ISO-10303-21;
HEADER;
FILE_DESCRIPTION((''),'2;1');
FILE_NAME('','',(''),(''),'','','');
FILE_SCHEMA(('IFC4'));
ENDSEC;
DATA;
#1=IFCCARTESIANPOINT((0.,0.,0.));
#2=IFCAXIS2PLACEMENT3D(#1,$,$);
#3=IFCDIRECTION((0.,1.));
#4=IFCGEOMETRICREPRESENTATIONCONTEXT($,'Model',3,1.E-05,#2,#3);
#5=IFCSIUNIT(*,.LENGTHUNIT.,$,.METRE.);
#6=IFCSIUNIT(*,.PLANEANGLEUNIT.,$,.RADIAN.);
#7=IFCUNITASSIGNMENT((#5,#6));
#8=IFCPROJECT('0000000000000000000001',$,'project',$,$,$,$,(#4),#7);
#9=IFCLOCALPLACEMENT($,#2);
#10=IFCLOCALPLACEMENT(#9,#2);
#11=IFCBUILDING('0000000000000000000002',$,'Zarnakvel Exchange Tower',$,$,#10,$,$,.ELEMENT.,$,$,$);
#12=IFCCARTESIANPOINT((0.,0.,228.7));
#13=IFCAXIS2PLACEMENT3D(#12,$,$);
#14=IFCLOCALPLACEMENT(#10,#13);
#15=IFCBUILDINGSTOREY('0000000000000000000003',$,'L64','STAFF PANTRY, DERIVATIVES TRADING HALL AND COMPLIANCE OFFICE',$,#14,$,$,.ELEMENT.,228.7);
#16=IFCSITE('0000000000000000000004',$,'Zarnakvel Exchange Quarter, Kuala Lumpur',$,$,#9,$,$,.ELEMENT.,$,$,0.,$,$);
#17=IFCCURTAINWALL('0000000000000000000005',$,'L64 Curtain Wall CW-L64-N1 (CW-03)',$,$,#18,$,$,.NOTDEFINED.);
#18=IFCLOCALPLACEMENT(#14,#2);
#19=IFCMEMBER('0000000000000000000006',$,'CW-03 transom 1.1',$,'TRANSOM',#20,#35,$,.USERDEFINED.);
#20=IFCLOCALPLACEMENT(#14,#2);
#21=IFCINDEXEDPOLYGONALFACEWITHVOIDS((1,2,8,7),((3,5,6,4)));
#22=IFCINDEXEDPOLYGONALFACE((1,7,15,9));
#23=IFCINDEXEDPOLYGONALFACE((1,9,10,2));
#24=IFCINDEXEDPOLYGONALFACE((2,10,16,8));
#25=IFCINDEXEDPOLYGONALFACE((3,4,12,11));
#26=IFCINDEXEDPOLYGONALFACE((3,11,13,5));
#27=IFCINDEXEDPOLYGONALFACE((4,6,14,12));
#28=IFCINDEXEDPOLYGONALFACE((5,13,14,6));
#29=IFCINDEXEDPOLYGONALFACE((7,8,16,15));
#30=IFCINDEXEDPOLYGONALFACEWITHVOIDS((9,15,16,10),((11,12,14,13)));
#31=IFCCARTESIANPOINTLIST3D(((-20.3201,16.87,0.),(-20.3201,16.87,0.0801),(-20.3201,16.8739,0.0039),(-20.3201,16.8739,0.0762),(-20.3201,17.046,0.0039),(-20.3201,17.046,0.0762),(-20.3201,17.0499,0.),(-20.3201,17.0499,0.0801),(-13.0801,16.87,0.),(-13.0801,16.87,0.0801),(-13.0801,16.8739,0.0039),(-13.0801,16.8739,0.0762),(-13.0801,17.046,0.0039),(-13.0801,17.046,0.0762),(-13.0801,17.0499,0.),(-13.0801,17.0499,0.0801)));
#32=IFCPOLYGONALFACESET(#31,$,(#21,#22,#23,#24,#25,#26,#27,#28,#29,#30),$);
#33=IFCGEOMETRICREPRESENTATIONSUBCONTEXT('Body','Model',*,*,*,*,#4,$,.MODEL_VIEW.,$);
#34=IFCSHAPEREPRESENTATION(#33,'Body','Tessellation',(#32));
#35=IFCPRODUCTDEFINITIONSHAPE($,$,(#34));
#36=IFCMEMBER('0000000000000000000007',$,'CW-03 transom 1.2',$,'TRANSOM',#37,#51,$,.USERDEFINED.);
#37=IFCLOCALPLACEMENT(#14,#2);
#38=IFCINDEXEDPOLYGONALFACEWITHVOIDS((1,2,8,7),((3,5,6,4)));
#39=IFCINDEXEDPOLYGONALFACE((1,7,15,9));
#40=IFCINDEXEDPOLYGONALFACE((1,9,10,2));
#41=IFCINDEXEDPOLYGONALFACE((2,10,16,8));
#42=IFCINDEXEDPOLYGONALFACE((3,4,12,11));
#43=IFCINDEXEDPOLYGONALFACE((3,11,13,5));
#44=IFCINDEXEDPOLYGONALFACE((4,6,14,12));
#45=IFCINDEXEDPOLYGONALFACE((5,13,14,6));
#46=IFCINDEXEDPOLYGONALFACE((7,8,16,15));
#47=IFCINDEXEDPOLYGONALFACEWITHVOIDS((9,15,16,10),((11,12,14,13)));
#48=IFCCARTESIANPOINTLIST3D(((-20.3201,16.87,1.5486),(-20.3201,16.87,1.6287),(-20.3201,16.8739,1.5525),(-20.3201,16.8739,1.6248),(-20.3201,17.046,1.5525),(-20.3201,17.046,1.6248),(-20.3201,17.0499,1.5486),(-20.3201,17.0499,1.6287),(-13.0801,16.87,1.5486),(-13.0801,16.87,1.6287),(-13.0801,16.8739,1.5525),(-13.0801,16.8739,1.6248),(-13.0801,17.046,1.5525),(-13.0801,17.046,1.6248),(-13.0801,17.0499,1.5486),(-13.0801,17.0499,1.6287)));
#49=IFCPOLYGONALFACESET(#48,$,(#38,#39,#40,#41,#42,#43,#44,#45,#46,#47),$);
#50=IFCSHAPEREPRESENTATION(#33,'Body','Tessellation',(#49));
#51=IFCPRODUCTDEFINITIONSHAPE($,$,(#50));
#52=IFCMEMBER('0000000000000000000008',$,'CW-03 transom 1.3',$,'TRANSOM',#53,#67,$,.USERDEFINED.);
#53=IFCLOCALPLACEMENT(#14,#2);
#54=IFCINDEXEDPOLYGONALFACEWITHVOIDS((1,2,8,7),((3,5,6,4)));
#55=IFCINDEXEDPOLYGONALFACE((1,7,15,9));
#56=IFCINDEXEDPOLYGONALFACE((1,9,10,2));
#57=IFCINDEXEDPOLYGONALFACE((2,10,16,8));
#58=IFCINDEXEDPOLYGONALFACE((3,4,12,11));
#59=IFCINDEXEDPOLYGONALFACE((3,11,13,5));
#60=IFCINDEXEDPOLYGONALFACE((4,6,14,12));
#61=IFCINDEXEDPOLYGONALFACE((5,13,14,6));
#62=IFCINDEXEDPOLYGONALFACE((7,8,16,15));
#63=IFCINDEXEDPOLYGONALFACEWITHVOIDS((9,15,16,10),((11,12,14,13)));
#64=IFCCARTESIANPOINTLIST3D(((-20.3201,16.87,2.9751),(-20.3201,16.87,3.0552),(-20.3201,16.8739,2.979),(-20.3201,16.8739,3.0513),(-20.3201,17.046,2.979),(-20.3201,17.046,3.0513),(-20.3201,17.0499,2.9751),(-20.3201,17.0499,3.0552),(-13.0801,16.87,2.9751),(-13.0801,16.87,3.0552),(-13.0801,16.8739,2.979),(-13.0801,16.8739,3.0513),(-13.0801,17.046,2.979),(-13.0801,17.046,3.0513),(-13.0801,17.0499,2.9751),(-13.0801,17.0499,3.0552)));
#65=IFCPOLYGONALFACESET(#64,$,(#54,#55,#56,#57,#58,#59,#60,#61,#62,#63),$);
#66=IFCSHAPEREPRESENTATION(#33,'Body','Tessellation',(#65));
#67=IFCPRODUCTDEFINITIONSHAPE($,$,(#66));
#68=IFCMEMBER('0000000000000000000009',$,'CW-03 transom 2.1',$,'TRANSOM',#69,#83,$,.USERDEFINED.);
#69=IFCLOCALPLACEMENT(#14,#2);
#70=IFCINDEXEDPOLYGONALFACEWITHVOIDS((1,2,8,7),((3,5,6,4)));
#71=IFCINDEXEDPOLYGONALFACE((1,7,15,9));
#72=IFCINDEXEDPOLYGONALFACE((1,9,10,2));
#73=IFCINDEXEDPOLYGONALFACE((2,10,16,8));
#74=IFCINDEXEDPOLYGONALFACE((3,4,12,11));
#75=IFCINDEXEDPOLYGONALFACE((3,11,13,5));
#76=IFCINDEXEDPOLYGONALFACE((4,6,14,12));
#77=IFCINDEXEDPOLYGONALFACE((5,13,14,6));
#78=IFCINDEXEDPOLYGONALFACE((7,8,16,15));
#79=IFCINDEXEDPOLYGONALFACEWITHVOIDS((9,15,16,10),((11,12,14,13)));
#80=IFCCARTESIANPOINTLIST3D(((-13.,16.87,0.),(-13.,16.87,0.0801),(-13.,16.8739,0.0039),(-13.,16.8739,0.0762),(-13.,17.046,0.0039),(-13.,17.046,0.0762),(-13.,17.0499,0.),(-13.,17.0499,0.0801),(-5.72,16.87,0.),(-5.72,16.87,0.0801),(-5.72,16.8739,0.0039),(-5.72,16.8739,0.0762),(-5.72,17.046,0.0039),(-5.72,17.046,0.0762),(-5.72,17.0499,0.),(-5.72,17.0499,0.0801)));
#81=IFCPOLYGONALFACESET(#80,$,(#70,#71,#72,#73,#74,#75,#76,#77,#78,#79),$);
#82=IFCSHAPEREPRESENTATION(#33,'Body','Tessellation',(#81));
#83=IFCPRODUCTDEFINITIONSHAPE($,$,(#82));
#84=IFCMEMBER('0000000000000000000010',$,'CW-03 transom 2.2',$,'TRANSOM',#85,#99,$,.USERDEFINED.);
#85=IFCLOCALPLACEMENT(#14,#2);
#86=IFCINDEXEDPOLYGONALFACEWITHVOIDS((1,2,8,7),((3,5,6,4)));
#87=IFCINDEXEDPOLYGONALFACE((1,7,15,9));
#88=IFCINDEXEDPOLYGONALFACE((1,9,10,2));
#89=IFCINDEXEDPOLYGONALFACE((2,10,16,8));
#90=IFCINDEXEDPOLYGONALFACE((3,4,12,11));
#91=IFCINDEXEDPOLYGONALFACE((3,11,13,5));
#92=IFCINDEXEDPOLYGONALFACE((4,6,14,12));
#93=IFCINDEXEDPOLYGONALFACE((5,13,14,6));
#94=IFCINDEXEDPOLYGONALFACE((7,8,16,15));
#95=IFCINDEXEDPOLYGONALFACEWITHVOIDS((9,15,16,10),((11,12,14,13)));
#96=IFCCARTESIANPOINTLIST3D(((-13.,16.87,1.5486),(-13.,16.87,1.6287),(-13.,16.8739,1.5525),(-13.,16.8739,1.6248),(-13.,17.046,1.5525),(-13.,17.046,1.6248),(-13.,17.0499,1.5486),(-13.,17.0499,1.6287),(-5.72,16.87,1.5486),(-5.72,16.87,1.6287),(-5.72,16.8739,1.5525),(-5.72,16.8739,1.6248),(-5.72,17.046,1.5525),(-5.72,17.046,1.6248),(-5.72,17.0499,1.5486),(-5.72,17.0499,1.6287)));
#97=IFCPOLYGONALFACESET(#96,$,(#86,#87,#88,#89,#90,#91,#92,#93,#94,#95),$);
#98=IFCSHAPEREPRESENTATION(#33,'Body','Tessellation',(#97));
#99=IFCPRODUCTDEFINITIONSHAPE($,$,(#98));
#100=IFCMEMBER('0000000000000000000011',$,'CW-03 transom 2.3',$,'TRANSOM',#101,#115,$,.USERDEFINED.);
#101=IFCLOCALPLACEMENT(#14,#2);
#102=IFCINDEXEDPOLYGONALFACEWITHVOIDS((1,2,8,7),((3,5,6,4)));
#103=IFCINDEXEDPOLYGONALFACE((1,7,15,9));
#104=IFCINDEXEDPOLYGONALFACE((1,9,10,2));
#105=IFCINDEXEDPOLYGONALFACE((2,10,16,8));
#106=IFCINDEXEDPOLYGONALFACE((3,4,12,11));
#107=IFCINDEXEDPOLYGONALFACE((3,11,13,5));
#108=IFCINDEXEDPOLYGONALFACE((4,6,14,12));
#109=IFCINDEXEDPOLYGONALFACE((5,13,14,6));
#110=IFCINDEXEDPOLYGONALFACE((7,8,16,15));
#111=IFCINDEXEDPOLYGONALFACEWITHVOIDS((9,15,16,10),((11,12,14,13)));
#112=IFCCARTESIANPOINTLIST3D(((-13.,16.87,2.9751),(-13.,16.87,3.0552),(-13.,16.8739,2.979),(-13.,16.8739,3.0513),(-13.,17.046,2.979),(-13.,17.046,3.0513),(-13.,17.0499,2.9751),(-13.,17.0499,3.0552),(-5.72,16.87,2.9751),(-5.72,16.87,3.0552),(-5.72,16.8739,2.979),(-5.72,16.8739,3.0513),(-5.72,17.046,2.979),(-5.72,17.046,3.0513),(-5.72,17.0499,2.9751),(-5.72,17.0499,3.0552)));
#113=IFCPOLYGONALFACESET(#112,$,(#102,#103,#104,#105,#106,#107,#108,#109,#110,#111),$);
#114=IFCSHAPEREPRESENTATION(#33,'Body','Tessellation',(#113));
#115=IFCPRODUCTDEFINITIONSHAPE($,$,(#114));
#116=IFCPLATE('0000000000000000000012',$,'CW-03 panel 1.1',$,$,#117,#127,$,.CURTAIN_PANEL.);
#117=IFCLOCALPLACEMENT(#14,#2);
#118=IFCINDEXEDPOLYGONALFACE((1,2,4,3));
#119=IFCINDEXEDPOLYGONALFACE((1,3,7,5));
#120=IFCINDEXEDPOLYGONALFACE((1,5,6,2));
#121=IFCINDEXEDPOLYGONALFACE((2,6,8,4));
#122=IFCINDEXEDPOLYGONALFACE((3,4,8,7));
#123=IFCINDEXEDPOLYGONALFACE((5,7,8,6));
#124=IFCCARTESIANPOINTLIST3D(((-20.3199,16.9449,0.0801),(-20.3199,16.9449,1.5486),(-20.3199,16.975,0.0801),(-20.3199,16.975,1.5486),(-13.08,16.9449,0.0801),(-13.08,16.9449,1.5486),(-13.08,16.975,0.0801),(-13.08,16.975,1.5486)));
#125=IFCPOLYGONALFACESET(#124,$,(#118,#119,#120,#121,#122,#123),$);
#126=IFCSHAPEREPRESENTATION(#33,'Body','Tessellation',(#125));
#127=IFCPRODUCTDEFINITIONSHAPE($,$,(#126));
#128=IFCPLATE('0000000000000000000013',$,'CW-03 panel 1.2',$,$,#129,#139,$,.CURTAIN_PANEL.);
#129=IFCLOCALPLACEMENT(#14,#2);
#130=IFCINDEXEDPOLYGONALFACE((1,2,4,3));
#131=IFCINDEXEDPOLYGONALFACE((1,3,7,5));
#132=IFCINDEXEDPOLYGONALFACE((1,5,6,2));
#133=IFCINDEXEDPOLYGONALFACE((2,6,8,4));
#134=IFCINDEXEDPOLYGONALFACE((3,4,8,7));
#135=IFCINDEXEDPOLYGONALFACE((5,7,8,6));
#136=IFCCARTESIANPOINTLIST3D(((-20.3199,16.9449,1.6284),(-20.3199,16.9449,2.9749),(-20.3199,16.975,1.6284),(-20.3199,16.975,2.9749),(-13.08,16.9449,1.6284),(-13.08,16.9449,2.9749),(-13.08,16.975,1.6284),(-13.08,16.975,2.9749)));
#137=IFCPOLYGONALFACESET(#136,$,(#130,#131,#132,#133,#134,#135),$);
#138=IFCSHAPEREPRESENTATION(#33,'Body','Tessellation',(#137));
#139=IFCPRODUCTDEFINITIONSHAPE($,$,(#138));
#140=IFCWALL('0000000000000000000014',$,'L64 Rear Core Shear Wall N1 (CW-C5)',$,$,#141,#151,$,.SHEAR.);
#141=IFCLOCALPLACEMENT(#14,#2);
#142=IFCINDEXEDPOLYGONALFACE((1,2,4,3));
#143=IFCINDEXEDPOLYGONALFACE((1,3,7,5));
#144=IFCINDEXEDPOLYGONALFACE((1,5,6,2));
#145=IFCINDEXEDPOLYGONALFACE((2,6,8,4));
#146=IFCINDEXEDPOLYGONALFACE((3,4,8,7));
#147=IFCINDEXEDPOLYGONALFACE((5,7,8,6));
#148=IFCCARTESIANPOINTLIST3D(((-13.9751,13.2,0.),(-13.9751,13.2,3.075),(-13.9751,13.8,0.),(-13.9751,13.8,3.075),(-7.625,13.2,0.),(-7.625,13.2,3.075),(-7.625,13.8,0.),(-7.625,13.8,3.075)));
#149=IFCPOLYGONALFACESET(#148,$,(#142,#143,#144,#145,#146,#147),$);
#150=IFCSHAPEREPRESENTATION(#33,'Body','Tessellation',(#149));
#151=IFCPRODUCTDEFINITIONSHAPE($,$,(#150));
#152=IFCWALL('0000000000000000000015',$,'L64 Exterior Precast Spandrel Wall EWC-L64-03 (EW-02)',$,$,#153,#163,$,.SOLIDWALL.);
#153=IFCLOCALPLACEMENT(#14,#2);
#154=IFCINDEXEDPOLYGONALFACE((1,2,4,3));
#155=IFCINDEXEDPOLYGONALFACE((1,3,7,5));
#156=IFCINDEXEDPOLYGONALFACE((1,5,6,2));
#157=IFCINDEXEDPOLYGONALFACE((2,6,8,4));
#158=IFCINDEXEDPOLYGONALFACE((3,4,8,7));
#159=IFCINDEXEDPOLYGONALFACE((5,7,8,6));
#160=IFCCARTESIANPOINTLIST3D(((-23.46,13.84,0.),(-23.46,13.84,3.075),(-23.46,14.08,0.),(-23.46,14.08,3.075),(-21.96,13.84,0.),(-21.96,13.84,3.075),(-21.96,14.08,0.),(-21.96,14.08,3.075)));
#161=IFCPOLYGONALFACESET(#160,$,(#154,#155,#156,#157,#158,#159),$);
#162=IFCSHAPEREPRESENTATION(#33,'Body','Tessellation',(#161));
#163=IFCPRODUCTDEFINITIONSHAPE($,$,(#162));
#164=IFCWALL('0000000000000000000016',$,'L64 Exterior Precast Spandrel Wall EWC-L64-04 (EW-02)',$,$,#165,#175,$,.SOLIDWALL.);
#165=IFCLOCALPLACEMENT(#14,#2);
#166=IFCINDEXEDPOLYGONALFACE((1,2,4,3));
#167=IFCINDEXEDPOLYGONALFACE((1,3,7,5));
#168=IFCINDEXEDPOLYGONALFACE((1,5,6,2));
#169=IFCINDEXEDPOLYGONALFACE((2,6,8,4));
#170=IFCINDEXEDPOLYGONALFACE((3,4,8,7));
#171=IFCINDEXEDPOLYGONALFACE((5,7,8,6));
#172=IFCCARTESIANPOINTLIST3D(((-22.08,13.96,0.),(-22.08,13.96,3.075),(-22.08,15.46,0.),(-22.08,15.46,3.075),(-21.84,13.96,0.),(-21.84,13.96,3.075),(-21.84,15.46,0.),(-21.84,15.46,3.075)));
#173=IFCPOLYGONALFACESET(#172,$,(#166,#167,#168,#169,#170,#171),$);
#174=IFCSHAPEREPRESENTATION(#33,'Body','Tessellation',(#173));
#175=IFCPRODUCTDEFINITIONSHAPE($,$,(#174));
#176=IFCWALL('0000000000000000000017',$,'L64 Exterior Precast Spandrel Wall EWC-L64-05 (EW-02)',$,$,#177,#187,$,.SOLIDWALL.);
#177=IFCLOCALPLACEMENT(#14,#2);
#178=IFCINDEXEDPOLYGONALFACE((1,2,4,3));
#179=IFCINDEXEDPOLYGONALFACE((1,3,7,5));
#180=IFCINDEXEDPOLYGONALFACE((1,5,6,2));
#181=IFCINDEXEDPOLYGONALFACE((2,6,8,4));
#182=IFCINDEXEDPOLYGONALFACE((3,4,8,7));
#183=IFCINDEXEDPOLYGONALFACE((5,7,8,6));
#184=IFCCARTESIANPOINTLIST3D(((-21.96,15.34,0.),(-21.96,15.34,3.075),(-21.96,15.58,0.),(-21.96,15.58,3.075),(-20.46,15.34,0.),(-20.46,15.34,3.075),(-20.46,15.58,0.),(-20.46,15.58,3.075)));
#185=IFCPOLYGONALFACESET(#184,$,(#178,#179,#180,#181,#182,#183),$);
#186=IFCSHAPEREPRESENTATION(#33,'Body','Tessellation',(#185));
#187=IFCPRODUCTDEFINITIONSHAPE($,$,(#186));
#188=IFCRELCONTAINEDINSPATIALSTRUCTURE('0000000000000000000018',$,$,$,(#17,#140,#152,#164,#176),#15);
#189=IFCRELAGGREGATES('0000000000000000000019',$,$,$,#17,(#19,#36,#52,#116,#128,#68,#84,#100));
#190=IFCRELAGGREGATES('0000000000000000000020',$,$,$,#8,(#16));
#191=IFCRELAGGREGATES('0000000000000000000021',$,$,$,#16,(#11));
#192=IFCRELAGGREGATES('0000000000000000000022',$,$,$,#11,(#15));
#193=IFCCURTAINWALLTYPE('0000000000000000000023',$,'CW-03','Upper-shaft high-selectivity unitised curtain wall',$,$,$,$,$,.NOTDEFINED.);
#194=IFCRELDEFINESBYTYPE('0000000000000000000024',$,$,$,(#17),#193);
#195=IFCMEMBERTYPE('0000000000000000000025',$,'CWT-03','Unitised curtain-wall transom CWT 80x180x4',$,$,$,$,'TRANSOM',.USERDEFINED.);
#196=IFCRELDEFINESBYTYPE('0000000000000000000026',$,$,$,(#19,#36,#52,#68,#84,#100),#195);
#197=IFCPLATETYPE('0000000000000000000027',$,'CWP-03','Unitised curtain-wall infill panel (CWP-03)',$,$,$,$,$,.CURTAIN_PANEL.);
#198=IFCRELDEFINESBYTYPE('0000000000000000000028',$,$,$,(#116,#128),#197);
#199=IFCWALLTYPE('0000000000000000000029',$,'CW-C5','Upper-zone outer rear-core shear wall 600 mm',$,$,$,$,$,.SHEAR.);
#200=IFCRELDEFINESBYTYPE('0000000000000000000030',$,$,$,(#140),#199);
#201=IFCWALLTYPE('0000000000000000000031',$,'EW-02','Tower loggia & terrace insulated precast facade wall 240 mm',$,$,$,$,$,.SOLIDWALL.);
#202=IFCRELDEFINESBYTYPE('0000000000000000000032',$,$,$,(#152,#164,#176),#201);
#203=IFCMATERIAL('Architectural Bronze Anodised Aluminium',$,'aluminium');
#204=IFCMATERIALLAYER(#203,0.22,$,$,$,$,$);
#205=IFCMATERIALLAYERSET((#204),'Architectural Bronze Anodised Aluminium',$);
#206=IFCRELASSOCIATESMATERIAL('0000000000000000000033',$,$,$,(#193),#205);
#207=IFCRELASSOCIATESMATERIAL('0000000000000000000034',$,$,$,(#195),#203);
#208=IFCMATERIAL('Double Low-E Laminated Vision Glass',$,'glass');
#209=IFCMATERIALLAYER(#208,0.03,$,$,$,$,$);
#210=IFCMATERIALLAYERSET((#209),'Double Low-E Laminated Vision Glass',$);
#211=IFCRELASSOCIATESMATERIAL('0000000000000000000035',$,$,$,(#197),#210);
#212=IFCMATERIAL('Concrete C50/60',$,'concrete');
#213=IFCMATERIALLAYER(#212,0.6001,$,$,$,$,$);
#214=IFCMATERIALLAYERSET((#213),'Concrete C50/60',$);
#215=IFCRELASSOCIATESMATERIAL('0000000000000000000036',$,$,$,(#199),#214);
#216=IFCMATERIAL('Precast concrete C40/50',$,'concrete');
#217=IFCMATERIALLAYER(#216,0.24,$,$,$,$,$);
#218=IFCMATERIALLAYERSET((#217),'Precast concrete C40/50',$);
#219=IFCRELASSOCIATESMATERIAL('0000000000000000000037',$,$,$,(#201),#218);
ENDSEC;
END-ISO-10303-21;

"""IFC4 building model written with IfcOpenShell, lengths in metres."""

from ifc_helpers import new_model, si_unit, direction, frame, frame_2d, origin, origin_2d, place, context, subcontext, project, spatial, rectangle, hollow_rectangle, extrude, source, transform, mapped, material, layer, layer_set, material_profile, profile_set, type_object, element, aggregate, save


model = new_model("IFC4")

# Units and contexts
model_context = context("Model", 3, precision=1e-05, world=origin(), true_north=direction((0.0, 1.0)))
body_context = subcontext(model_context, "Body", "Model", "MODEL_VIEW")
ifc_project = project(units=[si_unit("LENGTHUNIT", "METRE"), si_unit("PLANEANGLEUNIT", "RADIAN")], contexts=[model_context])

# Site, building, storey
site_placement = place(None, origin())
site = spatial("IfcSite", under=ifc_project, at=site_placement, Name="Zarnakvel Exchange Quarter, Kuala Lumpur", CompositionType="ELEMENT", RefElevation=0.0)
building_placement = place(site_placement, origin())
building = spatial("IfcBuilding", under=site, at=building_placement, Name="Zarnakvel Exchange Tower", CompositionType="ELEMENT")
storey_placement = place(building_placement, frame((0.0, 0.0, 228.7)))
storey = spatial("IfcBuildingStorey", under=building, at=storey_placement, Name="L64", Description="STAFF PANTRY, DERIVATIVES TRADING HALL AND COMPLIANCE OFFICE", CompositionType="ELEMENT", Elevation=228.7)

# Shared definitions
ifc_material_1 = material(Name="Concrete C50/60", Category="concrete")

# Shared definitions
ifc_material_2 = material(Name="Architectural Bronze Anodised Aluminium", Category="aluminium")

# Curtain wall, members, plates
ifc_layer_1 = layer(ifc_material_2, 0.22)
ifc_layer_set_1 = layer_set([ifc_layer_1], Name="Architectural Bronze Anodised Aluminium")
curtain_wall_type_1 = type_object("IfcCurtainWallType", Name="CW-03", Description="Upper-shaft high-selectivity unitised curtain wall", PredefinedType="NOTDEFINED", material=ifc_layer_set_1)
curtain_wall_1_placement = place(storey_placement, origin())
curtain_wall_1 = element("IfcCurtainWall", 1, at=curtain_wall_1_placement, inside=storey, type_object=curtain_wall_type_1, Name="L64 Curtain Wall CW-L64-N1 (CW-03)", PredefinedType="NOTDEFINED")
ifc_material_profile_1 = material_profile(ifc_material_2, hollow_rectangle(XDim=0.1799, YDim=0.0801, WallThickness=0.0039, at=origin_2d()))
ifc_profile_set_1 = profile_set([ifc_material_profile_1], Name="Architectural Bronze Anodised Aluminium")
member_type_1 = type_object("IfcMemberType", Name="CWT-03", Description="Unitised curtain-wall transom CWT 80x180x4", ElementType="TRANSOM", PredefinedType="USERDEFINED", material=ifc_profile_set_1)
shared_shape_1 = source(origin(), body_context, "Body", "SweptSolid", [
    extrude(hollow_rectangle(XDim=0.1799, YDim=0.0801, WallThickness=0.0039, at=origin_2d()), origin(), (0.0, 0.0, 1.0), 7.24),
])
member_1_placement = place(storey_placement, frame((-20.3201, 16.96, 0.04), z_axis=(1.0, 0.0, 0.0), x_axis=(0.0, 1.0, 0.0)))
member_1 = element("IfcMember", 2, at=member_1_placement, type_object=member_type_1, Name="CW-03 transom 1.1", ObjectType="TRANSOM", PredefinedType="USERDEFINED", context=body_context, shape_type="MappedRepresentation", body=[
    mapped(shared_shape_1, transform((0.0, 0.0, 0.0), x_axis=(1.0, 0.0, 0.0), y_axis=(0.0, 1.0, 0.0), z_axis=(0.0, 0.0, 1.0), scale=1.0)),
])
member_2_placement = place(storey_placement, frame((-20.3201, 16.96, 1.5886), z_axis=(1.0, 0.0, 0.0), x_axis=(0.0, 1.0, 0.0)))
member_2 = element("IfcMember", 3, at=member_2_placement, type_object=member_type_1, Name="CW-03 transom 1.2", ObjectType="TRANSOM", PredefinedType="USERDEFINED", context=body_context, shape_type="MappedRepresentation", body=[
    mapped(shared_shape_1, transform((0.0, 0.0, 0.0), x_axis=(1.0, 0.0, 0.0), y_axis=(0.0, 1.0, 0.0), z_axis=(0.0, 0.0, 1.0), scale=1.0)),
])
member_3_placement = place(storey_placement, frame((-20.3201, 16.96, 3.0151), z_axis=(1.0, 0.0, 0.0), x_axis=(0.0, 1.0, 0.0)))
member_3 = element("IfcMember", 4, at=member_3_placement, type_object=member_type_1, Name="CW-03 transom 1.3", ObjectType="TRANSOM", PredefinedType="USERDEFINED", context=body_context, shape_type="MappedRepresentation", body=[
    mapped(shared_shape_1, transform((0.0, 0.0, 0.0), x_axis=(1.0, 0.0, 0.0), y_axis=(0.0, 1.0, 0.0), z_axis=(0.0, 0.0, 1.0), scale=1.0)),
])
shared_shape_2 = source(origin(), body_context, "Body", "SweptSolid", [
    extrude(hollow_rectangle(XDim=0.1799, YDim=0.0801, WallThickness=0.0039, at=origin_2d()), origin(), (0.0, 0.0, 1.0), 7.28),
])
member_4_placement = place(storey_placement, frame((-13.0, 16.96, 0.04), z_axis=(1.0, 0.0, 0.0), x_axis=(0.0, 1.0, 0.0)))
member_4 = element("IfcMember", 5, at=member_4_placement, type_object=member_type_1, Name="CW-03 transom 2.1", ObjectType="TRANSOM", PredefinedType="USERDEFINED", context=body_context, shape_type="MappedRepresentation", body=[
    mapped(shared_shape_2, transform((0.0, 0.0, 0.0), x_axis=(1.0, 0.0, 0.0), y_axis=(0.0, 1.0, 0.0), z_axis=(0.0, 0.0, 1.0), scale=1.0)),
])
member_5_placement = place(storey_placement, frame((-13.0, 16.96, 1.5886), z_axis=(1.0, 0.0, 0.0), x_axis=(0.0, 1.0, 0.0)))
member_5 = element("IfcMember", 6, at=member_5_placement, type_object=member_type_1, Name="CW-03 transom 2.2", ObjectType="TRANSOM", PredefinedType="USERDEFINED", context=body_context, shape_type="MappedRepresentation", body=[
    mapped(shared_shape_2, transform((0.0, 0.0, 0.0), x_axis=(1.0, 0.0, 0.0), y_axis=(0.0, 1.0, 0.0), z_axis=(0.0, 0.0, 1.0), scale=1.0)),
])
member_6_placement = place(storey_placement, frame((-13.0, 16.96, 3.0151), z_axis=(1.0, 0.0, 0.0), x_axis=(0.0, 1.0, 0.0)))
member_6 = element("IfcMember", 7, at=member_6_placement, type_object=member_type_1, Name="CW-03 transom 2.3", ObjectType="TRANSOM", PredefinedType="USERDEFINED", context=body_context, shape_type="MappedRepresentation", body=[
    mapped(shared_shape_2, transform((0.0, 0.0, 0.0), x_axis=(1.0, 0.0, 0.0), y_axis=(0.0, 1.0, 0.0), z_axis=(0.0, 0.0, 1.0), scale=1.0)),
])
ifc_material_3 = material(Name="Double Low-E Laminated Vision Glass", Category="glass")
ifc_layer_2 = layer(ifc_material_3, 0.03)
ifc_layer_set_2 = layer_set([ifc_layer_2], Name="Double Low-E Laminated Vision Glass")
plate_type = type_object("IfcPlateType", Name="CWP-03", Description="Unitised curtain-wall infill panel (CWP-03)", PredefinedType="CURTAIN_PANEL", material=ifc_layer_set_2)
shared_shape_3 = source(origin(), body_context, "Body", "SweptSolid", [
    extrude(rectangle(XDim=7.24, YDim=0.03, at=origin_2d()), origin(), (0.0, 0.0, 1.0), 1.4685),
])
plate_1_placement = place(storey_placement, frame((-16.7, 16.96, 0.0801), z_axis=(0.0, 0.0, 1.0), x_axis=(1.0, 0.0, 0.0)))
plate_1 = element("IfcPlate", 8, at=plate_1_placement, type_object=plate_type, Name="CW-03 panel 1.1", PredefinedType="CURTAIN_PANEL", context=body_context, shape_type="MappedRepresentation", body=[
    mapped(shared_shape_3, transform((0.0, 0.0, 0.0), x_axis=(1.0, 0.0, 0.0), y_axis=(0.0, 1.0, 0.0), z_axis=(0.0, 0.0, 1.0), scale=1.0)),
])
shared_shape_4 = source(origin(), body_context, "Body", "SweptSolid", [
    extrude(rectangle(XDim=7.24, YDim=0.03, at=origin_2d()), origin(), (0.0, 0.0, 1.0), 1.3464),
])
plate_2_placement = place(storey_placement, frame((-16.7, 16.96, 1.6284), z_axis=(0.0, 0.0, 1.0), x_axis=(1.0, 0.0, 0.0)))
plate_2 = element("IfcPlate", 9, at=plate_2_placement, type_object=plate_type, Name="CW-03 panel 1.2", PredefinedType="CURTAIN_PANEL", context=body_context, shape_type="MappedRepresentation", body=[
    mapped(shared_shape_4, transform((0.0, 0.0, 0.0), x_axis=(1.0, 0.0, 0.0), y_axis=(0.0, 1.0, 0.0), z_axis=(0.0, 0.0, 1.0), scale=1.0)),
])
aggregate(curtain_wall_1, [member_1, member_2, member_3, plate_1, plate_2, member_4, member_5, member_6])

# Walls
ifc_layer_3 = layer(ifc_material_1, 0.6001)
ifc_layer_set_3 = layer_set([ifc_layer_3], Name="Concrete C50/60")
wall_type_1 = type_object("IfcWallType", Name="CW-C5", Description="Upper-zone outer rear-core shear wall 600 mm", PredefinedType="SHEAR", material=ifc_layer_set_3)
wall_1_placement = place(storey_placement, frame((-13.9751, 13.5, 0.0), z_axis=(0.0, 0.0, 1.0), x_axis=(1.0, 0.0, 0.0)))
element("IfcWall", 10, at=wall_1_placement, inside=storey, type_object=wall_type_1, Name="L64 Rear Core Shear Wall N1 (CW-C5)", PredefinedType="SHEAR", context=body_context, shape_type="SweptSolid", body=[
    extrude(rectangle(XDim=6.3501, YDim=0.6001, at=frame_2d((3.175, 0.0))), origin(), (0.0, 0.0, 1.0), 3.075),
])
ifc_material_4 = material(Name="Precast concrete C40/50", Category="concrete")
ifc_layer_4 = layer(ifc_material_4, 0.24)
ifc_layer_set_4 = layer_set([ifc_layer_4], Name="Precast concrete C40/50")
wall_type_2 = type_object("IfcWallType", Name="EW-02", Description="Tower loggia & terrace insulated precast facade wall 240 mm", PredefinedType="SOLIDWALL", material=ifc_layer_set_4)
for number, where, z_axis, x_axis, name in (
    (11, (-21.96, 13.96, 0.0), (0.0, 0.0, 1.0), (-1.0, 0.0, 0.0), "L64 Exterior Precast Spandrel Wall EWC-L64-03 (EW-02)"),
    (12, (-21.96, 15.46, 0.0), (0.0, 0.0, 1.0), (0.0, -1.0, 0.0), "L64 Exterior Precast Spandrel Wall EWC-L64-04 (EW-02)"),
    (13, (-20.46, 15.46, 0.0), (0.0, 0.0, 1.0), (-1.0, 0.0, 0.0), "L64 Exterior Precast Spandrel Wall EWC-L64-05 (EW-02)"),
):
    element("IfcWall", number, at=place(storey_placement, frame(where, z_axis=z_axis, x_axis=x_axis)), inside=storey, type_object=wall_type_2, Name=name, PredefinedType="SOLIDWALL", context=body_context, shape_type="SweptSolid", body=[
        extrude(rectangle(XDim=1.5, YDim=0.24, at=frame_2d((0.75, 0.0))), origin(), (0.0, 0.0, 1.0), 3.075),
    ])

save(model, "model.ifc")
